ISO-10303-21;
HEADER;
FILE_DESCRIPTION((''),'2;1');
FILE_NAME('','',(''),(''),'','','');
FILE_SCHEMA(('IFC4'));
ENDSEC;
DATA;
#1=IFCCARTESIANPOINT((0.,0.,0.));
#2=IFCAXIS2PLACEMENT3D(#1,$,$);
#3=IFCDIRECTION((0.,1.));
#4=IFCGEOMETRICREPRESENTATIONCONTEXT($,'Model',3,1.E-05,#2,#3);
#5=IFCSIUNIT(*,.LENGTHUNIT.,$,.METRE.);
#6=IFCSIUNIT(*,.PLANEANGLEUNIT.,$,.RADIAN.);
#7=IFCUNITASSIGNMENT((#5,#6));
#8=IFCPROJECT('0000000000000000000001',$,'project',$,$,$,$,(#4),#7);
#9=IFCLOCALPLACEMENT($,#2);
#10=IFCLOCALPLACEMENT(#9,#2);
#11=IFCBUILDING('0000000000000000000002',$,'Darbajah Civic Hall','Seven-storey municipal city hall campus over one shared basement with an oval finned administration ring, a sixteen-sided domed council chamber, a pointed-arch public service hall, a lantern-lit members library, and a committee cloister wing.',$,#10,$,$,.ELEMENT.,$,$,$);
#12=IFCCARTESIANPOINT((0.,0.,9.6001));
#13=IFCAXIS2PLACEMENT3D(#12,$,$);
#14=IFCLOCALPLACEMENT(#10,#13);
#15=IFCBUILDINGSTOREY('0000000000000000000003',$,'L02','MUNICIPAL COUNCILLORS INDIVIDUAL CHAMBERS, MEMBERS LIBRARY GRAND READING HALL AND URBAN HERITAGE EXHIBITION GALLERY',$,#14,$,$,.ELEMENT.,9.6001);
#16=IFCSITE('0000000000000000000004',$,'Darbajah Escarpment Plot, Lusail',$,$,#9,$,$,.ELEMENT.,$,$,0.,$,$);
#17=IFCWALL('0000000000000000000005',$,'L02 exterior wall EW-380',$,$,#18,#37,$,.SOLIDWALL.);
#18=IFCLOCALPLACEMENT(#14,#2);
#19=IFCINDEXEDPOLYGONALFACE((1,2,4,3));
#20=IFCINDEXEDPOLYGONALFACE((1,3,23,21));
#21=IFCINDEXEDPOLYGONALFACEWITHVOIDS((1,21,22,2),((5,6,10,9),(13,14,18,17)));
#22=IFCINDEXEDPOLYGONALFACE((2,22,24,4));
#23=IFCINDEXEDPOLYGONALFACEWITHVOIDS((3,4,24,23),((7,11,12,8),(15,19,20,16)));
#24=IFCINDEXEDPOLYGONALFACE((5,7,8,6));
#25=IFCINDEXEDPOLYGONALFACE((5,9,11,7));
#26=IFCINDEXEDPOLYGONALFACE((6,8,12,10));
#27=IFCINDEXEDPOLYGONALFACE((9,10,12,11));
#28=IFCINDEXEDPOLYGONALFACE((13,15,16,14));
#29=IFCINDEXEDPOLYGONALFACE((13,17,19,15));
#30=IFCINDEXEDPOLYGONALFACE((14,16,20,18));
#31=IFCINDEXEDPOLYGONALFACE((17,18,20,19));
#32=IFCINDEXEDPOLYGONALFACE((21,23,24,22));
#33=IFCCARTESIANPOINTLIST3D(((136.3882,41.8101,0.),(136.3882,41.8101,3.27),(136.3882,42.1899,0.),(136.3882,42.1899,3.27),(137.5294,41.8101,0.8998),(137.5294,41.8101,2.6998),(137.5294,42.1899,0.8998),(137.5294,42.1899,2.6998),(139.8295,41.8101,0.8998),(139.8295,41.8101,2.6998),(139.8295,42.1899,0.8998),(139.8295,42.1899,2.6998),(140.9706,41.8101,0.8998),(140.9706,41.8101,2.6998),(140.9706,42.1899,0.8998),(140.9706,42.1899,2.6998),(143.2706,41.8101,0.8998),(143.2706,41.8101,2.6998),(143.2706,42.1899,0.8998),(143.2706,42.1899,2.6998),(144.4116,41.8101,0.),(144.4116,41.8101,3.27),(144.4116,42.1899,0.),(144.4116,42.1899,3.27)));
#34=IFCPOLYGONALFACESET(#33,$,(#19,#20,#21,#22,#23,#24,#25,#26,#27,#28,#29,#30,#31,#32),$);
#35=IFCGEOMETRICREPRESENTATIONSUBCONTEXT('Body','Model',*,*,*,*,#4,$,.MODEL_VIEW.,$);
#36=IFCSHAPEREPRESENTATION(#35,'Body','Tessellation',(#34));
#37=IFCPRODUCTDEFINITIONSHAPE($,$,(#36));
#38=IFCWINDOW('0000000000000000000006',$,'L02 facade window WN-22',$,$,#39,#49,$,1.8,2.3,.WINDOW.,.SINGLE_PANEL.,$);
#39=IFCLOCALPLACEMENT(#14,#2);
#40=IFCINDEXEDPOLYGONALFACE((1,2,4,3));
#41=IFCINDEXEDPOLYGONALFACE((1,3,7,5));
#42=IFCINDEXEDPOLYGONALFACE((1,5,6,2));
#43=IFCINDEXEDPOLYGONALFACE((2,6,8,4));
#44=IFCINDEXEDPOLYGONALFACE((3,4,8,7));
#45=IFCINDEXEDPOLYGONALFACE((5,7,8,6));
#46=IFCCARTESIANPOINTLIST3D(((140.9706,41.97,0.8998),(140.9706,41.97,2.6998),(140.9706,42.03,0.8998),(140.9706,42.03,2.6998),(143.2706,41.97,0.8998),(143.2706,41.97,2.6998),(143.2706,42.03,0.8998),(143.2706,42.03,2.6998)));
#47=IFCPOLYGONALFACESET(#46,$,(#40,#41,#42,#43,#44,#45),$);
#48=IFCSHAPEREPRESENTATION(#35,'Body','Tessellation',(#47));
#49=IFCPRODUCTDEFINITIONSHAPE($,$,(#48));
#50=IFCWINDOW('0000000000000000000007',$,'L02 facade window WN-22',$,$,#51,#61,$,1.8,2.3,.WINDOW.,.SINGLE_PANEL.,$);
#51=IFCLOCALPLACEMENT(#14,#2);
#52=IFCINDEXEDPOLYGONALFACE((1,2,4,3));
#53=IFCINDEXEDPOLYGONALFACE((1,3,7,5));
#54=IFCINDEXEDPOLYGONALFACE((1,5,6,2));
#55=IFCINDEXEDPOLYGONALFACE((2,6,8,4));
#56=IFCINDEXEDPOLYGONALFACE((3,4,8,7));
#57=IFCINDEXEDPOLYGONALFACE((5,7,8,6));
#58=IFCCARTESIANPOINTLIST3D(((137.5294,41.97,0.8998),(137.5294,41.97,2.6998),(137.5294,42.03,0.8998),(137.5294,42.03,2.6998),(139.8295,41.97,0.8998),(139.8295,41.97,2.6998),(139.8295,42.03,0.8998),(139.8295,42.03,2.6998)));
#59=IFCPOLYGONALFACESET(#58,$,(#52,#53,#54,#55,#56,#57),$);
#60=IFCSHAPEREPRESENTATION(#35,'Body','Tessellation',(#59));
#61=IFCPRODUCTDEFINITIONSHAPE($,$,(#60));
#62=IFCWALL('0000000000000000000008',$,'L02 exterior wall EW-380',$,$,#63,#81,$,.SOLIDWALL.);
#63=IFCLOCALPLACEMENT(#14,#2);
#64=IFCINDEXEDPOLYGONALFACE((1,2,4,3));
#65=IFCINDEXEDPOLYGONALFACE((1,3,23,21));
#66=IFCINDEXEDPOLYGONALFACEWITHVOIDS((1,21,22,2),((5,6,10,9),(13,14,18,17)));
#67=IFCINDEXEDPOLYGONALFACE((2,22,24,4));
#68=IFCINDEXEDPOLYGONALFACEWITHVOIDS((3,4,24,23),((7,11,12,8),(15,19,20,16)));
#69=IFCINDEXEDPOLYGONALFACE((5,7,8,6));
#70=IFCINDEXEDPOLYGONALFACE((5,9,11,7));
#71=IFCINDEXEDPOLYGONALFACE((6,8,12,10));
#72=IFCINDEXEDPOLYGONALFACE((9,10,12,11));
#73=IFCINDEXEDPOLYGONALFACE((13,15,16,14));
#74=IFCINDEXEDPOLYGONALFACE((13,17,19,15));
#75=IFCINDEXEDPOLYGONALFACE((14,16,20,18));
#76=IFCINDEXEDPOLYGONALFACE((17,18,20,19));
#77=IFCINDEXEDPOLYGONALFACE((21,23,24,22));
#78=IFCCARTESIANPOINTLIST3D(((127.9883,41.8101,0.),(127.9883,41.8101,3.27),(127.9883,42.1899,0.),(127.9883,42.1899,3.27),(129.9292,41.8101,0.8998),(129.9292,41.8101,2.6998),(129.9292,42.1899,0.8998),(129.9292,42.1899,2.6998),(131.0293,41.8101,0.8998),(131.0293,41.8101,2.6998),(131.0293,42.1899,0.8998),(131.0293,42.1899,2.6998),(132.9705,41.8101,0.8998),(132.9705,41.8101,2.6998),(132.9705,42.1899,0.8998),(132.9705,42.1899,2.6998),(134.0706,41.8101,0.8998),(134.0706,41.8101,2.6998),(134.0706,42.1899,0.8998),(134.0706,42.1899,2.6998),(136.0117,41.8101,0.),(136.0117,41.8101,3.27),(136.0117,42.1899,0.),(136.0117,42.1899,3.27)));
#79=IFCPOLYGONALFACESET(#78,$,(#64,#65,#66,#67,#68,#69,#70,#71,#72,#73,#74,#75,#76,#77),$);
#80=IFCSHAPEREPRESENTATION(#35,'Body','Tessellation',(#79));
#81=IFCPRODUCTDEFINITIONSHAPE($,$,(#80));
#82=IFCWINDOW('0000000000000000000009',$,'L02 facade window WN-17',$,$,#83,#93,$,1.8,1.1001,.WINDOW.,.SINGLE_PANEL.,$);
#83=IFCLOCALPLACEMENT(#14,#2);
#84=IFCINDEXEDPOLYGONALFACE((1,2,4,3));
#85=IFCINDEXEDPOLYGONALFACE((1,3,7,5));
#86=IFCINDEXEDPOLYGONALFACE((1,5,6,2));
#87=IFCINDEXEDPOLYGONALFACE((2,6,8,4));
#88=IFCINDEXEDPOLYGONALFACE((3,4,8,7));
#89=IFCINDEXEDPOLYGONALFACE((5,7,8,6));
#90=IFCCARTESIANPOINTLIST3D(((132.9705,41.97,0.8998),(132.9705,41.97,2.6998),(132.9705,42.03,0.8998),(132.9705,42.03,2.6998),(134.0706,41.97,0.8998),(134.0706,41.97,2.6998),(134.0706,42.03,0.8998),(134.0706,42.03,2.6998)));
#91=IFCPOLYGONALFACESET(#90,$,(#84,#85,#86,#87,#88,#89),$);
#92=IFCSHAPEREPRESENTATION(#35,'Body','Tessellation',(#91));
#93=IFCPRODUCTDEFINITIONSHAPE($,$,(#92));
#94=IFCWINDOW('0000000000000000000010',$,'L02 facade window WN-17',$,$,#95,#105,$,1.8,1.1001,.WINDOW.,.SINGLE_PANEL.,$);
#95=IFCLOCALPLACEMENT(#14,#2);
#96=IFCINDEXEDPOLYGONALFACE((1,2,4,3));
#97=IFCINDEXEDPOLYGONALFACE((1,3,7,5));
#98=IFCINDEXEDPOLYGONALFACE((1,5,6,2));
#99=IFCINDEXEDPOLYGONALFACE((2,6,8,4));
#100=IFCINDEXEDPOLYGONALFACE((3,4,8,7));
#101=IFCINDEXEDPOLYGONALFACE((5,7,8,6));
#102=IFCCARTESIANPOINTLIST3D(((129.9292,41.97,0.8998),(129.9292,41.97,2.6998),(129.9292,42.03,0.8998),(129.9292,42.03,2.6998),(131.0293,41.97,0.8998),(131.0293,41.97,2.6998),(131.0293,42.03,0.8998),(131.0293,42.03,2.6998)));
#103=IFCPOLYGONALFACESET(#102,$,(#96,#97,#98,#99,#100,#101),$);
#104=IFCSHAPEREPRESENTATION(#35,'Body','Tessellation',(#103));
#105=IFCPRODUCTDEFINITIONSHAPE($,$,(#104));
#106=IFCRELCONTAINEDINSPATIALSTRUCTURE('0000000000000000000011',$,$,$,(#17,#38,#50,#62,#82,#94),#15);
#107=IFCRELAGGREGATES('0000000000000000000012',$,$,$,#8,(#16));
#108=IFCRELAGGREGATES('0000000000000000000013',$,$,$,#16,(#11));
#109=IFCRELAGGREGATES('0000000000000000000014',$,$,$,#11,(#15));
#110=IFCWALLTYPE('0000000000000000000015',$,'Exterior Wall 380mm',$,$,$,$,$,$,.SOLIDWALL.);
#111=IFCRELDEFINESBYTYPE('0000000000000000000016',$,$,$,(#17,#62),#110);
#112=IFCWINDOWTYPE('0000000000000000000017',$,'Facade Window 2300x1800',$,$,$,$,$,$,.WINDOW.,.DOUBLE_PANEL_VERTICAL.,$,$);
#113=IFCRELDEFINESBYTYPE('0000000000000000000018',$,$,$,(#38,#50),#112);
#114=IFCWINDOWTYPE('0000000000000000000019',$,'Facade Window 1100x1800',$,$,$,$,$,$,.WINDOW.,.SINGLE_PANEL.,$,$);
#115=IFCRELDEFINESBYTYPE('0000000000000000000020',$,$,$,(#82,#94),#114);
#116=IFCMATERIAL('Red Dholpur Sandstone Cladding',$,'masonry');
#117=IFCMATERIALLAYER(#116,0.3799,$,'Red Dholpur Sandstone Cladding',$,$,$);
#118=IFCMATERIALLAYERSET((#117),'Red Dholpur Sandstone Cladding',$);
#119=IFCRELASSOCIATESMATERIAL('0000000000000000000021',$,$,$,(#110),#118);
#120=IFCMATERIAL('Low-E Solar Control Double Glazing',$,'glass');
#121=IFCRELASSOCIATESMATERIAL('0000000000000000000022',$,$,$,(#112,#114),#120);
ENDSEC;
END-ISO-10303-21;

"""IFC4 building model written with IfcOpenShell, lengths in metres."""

from ifc_helpers import new_model, si_unit, direction, frame, frame_2d, origin, place, context, subcontext, project, spatial, rectangle, extrude, material, layer, layer_set, type_object, element, fill, save


model = new_model("IFC4")

# Units and contexts
model_context = context("Model", 3, precision=1e-05, world=origin(), true_north=direction((0.0, 1.0)))
body_context = subcontext(model_context, "Body", "Model", "MODEL_VIEW")
ifc_project = project(units=[si_unit("LENGTHUNIT", "METRE"), si_unit("PLANEANGLEUNIT", "RADIAN")], contexts=[model_context])

# Site, building, storey
site_placement = place(None, origin())
site = spatial("IfcSite", under=ifc_project, at=site_placement, Name="Darbajah Escarpment Plot, Lusail", CompositionType="ELEMENT", RefElevation=0.0)
building_placement = place(site_placement, origin())
building = spatial("IfcBuilding", under=site, at=building_placement, Name="Darbajah Civic Hall", Description="Seven-storey municipal city hall campus over one shared basement with an oval finned administration ring, a sixteen-sided domed council chamber, a pointed-arch public service hall, a lantern-lit members library, and a committee cloister wing.", CompositionType="ELEMENT")
storey_placement = place(building_placement, frame((0.0, 0.0, 9.6001)))
storey = spatial("IfcBuildingStorey", under=building, at=storey_placement, Name="L02", Description="MUNICIPAL COUNCILLORS INDIVIDUAL CHAMBERS, MEMBERS LIBRARY GRAND READING HALL AND URBAN HERITAGE EXHIBITION GALLERY", CompositionType="ELEMENT", Elevation=9.6001)

# Walls, openings, windows
ifc_material_1 = material(Name="Red Dholpur Sandstone Cladding", Category="masonry")
ifc_layer = layer(ifc_material_1, 0.3799, Name="Red Dholpur Sandstone Cladding")
ifc_layer_set = layer_set([ifc_layer], Name="Red Dholpur Sandstone Cladding")
wall_type = type_object("IfcWallType", Name="Exterior Wall 380mm", PredefinedType="SOLIDWALL", material=ifc_layer_set)
wall_1_placement = place(storey_placement, frame((144.4116, 42.0, 0.0), z_axis=(0.0, 0.0, 1.0), x_axis=(-1.0, 0.0, 0.0)))
wall_1 = element("IfcWall", 1, at=wall_1_placement, inside=storey, type_object=wall_type, Name="L02 exterior wall EW-380", PredefinedType="SOLIDWALL", context=body_context, shape_type="SweptSolid", body=[
    extrude(rectangle(XDim=8.0234, YDim=0.3799, at=frame_2d((4.0117, 0.0))), origin(), (0.0, 0.0, 1.0), 3.27),
])
opening_1_placement = place(wall_1_placement, frame((1.1411, 0.0, 0.8999)))
opening_1 = element("IfcOpeningElement", 2, at=opening_1_placement, cuts=wall_1, PredefinedType="OPENING", context=body_context, shape_type="SweptSolid", body=[
    extrude(rectangle(XDim=2.3, YDim=1.8, at=frame_2d((1.1499, 0.8999))), frame((0.0, 0.2, 0.0), z_axis=(0.0, -1.0, 0.0), x_axis=(1.0, 0.0, 0.0)), (0.0, 0.0, 1.0), 0.3999),
])
opening_2_placement = place(wall_1_placement, frame((4.5823, 0.0, 0.8999)))
opening_2 = element("IfcOpeningElement", 3, at=opening_2_placement, cuts=wall_1, PredefinedType="OPENING", context=body_context, shape_type="SweptSolid", body=[
    extrude(rectangle(XDim=2.3, YDim=1.8, at=frame_2d((1.1499, 0.8999))), frame((0.0, 0.2, 0.0), z_axis=(0.0, -1.0, 0.0), x_axis=(1.0, 0.0, 0.0)), (0.0, 0.0, 1.0), 0.3999),
])
ifc_material_2 = material(Name="Low-E Solar Control Double Glazing", Category="glass")
window_type_1 = type_object("IfcWindowType", Name="Facade Window 2300x1800", PartitioningType="DOUBLE_PANEL_VERTICAL", PredefinedType="WINDOW", material=ifc_material_2)
window_1_placement = place(opening_1_placement, origin())
window_1 = element("IfcWindow", 4, at=window_1_placement, inside=storey, type_object=window_type_1, Name="L02 facade window WN-22", OverallHeight=1.8, OverallWidth=2.3, PartitioningType="SINGLE_PANEL", PredefinedType="WINDOW", context=body_context, shape_type="SweptSolid", body=[
    extrude(rectangle(XDim=2.3, YDim=1.8, at=frame_2d((1.1499, 0.8999))), frame((0.0, 0.03, 0.0), z_axis=(0.0, -1.0, 0.0), x_axis=(1.0, 0.0, 0.0)), (0.0, 0.0, 1.0), 0.0601),
])
fill(opening_1, window_1)
window_2_placement = place(opening_2_placement, origin())
window_2 = element("IfcWindow", 5, at=window_2_placement, inside=storey, type_object=window_type_1, Name="L02 facade window WN-22", OverallHeight=1.8, OverallWidth=2.3, PartitioningType="SINGLE_PANEL", PredefinedType="WINDOW", context=body_context, shape_type="SweptSolid", body=[
    extrude(rectangle(XDim=2.3, YDim=1.8, at=frame_2d((1.1499, 0.8999))), frame((0.0, 0.03, 0.0), z_axis=(0.0, -1.0, 0.0), x_axis=(1.0, 0.0, 0.0)), (0.0, 0.0, 1.0), 0.0601),
])
fill(opening_2, window_2)
wall_2_placement = place(storey_placement, frame((136.0117, 42.0, 0.0), z_axis=(0.0, 0.0, 1.0), x_axis=(-1.0, 0.0, 0.0)))
wall_2 = element("IfcWall", 6, at=wall_2_placement, inside=storey, type_object=wall_type, Name="L02 exterior wall EW-380", PredefinedType="SOLIDWALL", context=body_context, shape_type="SweptSolid", body=[
    extrude(rectangle(XDim=8.0234, YDim=0.3799, at=frame_2d((4.0117, 0.0))), origin(), (0.0, 0.0, 1.0), 3.27),
])
opening_3_placement = place(wall_2_placement, frame((1.9412, 0.0, 0.8999)))
opening_3 = element("IfcOpeningElement", 7, at=opening_3_placement, cuts=wall_2, PredefinedType="OPENING", context=body_context, shape_type="SweptSolid", body=[
    extrude(rectangle(XDim=1.1001, YDim=1.8, at=frame_2d((0.55, 0.8999))), frame((0.0, 0.2, 0.0), z_axis=(0.0, -1.0, 0.0), x_axis=(1.0, 0.0, 0.0)), (0.0, 0.0, 1.0), 0.3999),
])
opening_4_placement = place(wall_2_placement, frame((4.9824, 0.0, 0.8999)))
opening_4 = element("IfcOpeningElement", 8, at=opening_4_placement, cuts=wall_2, PredefinedType="OPENING", context=body_context, shape_type="SweptSolid", body=[
    extrude(rectangle(XDim=1.1001, YDim=1.8, at=frame_2d((0.55, 0.8999))), frame((0.0, 0.2, 0.0), z_axis=(0.0, -1.0, 0.0), x_axis=(1.0, 0.0, 0.0)), (0.0, 0.0, 1.0), 0.3999),
])
window_type_2 = type_object("IfcWindowType", Name="Facade Window 1100x1800", PartitioningType="SINGLE_PANEL", PredefinedType="WINDOW", material=ifc_material_2)
window_3_placement = place(opening_3_placement, origin())
window_3 = element("IfcWindow", 9, at=window_3_placement, inside=storey, type_object=window_type_2, Name="L02 facade window WN-17", OverallHeight=1.8, OverallWidth=1.1001, PartitioningType="SINGLE_PANEL", PredefinedType="WINDOW", context=body_context, shape_type="SweptSolid", body=[
    extrude(rectangle(XDim=1.1001, YDim=1.8, at=frame_2d((0.55, 0.8999))), frame((0.0, 0.03, 0.0), z_axis=(0.0, -1.0, 0.0), x_axis=(1.0, 0.0, 0.0)), (0.0, 0.0, 1.0), 0.0601),
])
fill(opening_3, window_3)
window_4_placement = place(opening_4_placement, origin())
window_4 = element("IfcWindow", 10, at=window_4_placement, inside=storey, type_object=window_type_2, Name="L02 facade window WN-17", OverallHeight=1.8, OverallWidth=1.1001, PartitioningType="SINGLE_PANEL", PredefinedType="WINDOW", context=body_context, shape_type="SweptSolid", body=[
    extrude(rectangle(XDim=1.1001, YDim=1.8, at=frame_2d((0.55, 0.8999))), frame((0.0, 0.03, 0.0), z_axis=(0.0, -1.0, 0.0), x_axis=(1.0, 0.0, 0.0)), (0.0, 0.0, 1.0), 0.0601),
])
fill(opening_4, window_4)

save(model, "model.ifc")
